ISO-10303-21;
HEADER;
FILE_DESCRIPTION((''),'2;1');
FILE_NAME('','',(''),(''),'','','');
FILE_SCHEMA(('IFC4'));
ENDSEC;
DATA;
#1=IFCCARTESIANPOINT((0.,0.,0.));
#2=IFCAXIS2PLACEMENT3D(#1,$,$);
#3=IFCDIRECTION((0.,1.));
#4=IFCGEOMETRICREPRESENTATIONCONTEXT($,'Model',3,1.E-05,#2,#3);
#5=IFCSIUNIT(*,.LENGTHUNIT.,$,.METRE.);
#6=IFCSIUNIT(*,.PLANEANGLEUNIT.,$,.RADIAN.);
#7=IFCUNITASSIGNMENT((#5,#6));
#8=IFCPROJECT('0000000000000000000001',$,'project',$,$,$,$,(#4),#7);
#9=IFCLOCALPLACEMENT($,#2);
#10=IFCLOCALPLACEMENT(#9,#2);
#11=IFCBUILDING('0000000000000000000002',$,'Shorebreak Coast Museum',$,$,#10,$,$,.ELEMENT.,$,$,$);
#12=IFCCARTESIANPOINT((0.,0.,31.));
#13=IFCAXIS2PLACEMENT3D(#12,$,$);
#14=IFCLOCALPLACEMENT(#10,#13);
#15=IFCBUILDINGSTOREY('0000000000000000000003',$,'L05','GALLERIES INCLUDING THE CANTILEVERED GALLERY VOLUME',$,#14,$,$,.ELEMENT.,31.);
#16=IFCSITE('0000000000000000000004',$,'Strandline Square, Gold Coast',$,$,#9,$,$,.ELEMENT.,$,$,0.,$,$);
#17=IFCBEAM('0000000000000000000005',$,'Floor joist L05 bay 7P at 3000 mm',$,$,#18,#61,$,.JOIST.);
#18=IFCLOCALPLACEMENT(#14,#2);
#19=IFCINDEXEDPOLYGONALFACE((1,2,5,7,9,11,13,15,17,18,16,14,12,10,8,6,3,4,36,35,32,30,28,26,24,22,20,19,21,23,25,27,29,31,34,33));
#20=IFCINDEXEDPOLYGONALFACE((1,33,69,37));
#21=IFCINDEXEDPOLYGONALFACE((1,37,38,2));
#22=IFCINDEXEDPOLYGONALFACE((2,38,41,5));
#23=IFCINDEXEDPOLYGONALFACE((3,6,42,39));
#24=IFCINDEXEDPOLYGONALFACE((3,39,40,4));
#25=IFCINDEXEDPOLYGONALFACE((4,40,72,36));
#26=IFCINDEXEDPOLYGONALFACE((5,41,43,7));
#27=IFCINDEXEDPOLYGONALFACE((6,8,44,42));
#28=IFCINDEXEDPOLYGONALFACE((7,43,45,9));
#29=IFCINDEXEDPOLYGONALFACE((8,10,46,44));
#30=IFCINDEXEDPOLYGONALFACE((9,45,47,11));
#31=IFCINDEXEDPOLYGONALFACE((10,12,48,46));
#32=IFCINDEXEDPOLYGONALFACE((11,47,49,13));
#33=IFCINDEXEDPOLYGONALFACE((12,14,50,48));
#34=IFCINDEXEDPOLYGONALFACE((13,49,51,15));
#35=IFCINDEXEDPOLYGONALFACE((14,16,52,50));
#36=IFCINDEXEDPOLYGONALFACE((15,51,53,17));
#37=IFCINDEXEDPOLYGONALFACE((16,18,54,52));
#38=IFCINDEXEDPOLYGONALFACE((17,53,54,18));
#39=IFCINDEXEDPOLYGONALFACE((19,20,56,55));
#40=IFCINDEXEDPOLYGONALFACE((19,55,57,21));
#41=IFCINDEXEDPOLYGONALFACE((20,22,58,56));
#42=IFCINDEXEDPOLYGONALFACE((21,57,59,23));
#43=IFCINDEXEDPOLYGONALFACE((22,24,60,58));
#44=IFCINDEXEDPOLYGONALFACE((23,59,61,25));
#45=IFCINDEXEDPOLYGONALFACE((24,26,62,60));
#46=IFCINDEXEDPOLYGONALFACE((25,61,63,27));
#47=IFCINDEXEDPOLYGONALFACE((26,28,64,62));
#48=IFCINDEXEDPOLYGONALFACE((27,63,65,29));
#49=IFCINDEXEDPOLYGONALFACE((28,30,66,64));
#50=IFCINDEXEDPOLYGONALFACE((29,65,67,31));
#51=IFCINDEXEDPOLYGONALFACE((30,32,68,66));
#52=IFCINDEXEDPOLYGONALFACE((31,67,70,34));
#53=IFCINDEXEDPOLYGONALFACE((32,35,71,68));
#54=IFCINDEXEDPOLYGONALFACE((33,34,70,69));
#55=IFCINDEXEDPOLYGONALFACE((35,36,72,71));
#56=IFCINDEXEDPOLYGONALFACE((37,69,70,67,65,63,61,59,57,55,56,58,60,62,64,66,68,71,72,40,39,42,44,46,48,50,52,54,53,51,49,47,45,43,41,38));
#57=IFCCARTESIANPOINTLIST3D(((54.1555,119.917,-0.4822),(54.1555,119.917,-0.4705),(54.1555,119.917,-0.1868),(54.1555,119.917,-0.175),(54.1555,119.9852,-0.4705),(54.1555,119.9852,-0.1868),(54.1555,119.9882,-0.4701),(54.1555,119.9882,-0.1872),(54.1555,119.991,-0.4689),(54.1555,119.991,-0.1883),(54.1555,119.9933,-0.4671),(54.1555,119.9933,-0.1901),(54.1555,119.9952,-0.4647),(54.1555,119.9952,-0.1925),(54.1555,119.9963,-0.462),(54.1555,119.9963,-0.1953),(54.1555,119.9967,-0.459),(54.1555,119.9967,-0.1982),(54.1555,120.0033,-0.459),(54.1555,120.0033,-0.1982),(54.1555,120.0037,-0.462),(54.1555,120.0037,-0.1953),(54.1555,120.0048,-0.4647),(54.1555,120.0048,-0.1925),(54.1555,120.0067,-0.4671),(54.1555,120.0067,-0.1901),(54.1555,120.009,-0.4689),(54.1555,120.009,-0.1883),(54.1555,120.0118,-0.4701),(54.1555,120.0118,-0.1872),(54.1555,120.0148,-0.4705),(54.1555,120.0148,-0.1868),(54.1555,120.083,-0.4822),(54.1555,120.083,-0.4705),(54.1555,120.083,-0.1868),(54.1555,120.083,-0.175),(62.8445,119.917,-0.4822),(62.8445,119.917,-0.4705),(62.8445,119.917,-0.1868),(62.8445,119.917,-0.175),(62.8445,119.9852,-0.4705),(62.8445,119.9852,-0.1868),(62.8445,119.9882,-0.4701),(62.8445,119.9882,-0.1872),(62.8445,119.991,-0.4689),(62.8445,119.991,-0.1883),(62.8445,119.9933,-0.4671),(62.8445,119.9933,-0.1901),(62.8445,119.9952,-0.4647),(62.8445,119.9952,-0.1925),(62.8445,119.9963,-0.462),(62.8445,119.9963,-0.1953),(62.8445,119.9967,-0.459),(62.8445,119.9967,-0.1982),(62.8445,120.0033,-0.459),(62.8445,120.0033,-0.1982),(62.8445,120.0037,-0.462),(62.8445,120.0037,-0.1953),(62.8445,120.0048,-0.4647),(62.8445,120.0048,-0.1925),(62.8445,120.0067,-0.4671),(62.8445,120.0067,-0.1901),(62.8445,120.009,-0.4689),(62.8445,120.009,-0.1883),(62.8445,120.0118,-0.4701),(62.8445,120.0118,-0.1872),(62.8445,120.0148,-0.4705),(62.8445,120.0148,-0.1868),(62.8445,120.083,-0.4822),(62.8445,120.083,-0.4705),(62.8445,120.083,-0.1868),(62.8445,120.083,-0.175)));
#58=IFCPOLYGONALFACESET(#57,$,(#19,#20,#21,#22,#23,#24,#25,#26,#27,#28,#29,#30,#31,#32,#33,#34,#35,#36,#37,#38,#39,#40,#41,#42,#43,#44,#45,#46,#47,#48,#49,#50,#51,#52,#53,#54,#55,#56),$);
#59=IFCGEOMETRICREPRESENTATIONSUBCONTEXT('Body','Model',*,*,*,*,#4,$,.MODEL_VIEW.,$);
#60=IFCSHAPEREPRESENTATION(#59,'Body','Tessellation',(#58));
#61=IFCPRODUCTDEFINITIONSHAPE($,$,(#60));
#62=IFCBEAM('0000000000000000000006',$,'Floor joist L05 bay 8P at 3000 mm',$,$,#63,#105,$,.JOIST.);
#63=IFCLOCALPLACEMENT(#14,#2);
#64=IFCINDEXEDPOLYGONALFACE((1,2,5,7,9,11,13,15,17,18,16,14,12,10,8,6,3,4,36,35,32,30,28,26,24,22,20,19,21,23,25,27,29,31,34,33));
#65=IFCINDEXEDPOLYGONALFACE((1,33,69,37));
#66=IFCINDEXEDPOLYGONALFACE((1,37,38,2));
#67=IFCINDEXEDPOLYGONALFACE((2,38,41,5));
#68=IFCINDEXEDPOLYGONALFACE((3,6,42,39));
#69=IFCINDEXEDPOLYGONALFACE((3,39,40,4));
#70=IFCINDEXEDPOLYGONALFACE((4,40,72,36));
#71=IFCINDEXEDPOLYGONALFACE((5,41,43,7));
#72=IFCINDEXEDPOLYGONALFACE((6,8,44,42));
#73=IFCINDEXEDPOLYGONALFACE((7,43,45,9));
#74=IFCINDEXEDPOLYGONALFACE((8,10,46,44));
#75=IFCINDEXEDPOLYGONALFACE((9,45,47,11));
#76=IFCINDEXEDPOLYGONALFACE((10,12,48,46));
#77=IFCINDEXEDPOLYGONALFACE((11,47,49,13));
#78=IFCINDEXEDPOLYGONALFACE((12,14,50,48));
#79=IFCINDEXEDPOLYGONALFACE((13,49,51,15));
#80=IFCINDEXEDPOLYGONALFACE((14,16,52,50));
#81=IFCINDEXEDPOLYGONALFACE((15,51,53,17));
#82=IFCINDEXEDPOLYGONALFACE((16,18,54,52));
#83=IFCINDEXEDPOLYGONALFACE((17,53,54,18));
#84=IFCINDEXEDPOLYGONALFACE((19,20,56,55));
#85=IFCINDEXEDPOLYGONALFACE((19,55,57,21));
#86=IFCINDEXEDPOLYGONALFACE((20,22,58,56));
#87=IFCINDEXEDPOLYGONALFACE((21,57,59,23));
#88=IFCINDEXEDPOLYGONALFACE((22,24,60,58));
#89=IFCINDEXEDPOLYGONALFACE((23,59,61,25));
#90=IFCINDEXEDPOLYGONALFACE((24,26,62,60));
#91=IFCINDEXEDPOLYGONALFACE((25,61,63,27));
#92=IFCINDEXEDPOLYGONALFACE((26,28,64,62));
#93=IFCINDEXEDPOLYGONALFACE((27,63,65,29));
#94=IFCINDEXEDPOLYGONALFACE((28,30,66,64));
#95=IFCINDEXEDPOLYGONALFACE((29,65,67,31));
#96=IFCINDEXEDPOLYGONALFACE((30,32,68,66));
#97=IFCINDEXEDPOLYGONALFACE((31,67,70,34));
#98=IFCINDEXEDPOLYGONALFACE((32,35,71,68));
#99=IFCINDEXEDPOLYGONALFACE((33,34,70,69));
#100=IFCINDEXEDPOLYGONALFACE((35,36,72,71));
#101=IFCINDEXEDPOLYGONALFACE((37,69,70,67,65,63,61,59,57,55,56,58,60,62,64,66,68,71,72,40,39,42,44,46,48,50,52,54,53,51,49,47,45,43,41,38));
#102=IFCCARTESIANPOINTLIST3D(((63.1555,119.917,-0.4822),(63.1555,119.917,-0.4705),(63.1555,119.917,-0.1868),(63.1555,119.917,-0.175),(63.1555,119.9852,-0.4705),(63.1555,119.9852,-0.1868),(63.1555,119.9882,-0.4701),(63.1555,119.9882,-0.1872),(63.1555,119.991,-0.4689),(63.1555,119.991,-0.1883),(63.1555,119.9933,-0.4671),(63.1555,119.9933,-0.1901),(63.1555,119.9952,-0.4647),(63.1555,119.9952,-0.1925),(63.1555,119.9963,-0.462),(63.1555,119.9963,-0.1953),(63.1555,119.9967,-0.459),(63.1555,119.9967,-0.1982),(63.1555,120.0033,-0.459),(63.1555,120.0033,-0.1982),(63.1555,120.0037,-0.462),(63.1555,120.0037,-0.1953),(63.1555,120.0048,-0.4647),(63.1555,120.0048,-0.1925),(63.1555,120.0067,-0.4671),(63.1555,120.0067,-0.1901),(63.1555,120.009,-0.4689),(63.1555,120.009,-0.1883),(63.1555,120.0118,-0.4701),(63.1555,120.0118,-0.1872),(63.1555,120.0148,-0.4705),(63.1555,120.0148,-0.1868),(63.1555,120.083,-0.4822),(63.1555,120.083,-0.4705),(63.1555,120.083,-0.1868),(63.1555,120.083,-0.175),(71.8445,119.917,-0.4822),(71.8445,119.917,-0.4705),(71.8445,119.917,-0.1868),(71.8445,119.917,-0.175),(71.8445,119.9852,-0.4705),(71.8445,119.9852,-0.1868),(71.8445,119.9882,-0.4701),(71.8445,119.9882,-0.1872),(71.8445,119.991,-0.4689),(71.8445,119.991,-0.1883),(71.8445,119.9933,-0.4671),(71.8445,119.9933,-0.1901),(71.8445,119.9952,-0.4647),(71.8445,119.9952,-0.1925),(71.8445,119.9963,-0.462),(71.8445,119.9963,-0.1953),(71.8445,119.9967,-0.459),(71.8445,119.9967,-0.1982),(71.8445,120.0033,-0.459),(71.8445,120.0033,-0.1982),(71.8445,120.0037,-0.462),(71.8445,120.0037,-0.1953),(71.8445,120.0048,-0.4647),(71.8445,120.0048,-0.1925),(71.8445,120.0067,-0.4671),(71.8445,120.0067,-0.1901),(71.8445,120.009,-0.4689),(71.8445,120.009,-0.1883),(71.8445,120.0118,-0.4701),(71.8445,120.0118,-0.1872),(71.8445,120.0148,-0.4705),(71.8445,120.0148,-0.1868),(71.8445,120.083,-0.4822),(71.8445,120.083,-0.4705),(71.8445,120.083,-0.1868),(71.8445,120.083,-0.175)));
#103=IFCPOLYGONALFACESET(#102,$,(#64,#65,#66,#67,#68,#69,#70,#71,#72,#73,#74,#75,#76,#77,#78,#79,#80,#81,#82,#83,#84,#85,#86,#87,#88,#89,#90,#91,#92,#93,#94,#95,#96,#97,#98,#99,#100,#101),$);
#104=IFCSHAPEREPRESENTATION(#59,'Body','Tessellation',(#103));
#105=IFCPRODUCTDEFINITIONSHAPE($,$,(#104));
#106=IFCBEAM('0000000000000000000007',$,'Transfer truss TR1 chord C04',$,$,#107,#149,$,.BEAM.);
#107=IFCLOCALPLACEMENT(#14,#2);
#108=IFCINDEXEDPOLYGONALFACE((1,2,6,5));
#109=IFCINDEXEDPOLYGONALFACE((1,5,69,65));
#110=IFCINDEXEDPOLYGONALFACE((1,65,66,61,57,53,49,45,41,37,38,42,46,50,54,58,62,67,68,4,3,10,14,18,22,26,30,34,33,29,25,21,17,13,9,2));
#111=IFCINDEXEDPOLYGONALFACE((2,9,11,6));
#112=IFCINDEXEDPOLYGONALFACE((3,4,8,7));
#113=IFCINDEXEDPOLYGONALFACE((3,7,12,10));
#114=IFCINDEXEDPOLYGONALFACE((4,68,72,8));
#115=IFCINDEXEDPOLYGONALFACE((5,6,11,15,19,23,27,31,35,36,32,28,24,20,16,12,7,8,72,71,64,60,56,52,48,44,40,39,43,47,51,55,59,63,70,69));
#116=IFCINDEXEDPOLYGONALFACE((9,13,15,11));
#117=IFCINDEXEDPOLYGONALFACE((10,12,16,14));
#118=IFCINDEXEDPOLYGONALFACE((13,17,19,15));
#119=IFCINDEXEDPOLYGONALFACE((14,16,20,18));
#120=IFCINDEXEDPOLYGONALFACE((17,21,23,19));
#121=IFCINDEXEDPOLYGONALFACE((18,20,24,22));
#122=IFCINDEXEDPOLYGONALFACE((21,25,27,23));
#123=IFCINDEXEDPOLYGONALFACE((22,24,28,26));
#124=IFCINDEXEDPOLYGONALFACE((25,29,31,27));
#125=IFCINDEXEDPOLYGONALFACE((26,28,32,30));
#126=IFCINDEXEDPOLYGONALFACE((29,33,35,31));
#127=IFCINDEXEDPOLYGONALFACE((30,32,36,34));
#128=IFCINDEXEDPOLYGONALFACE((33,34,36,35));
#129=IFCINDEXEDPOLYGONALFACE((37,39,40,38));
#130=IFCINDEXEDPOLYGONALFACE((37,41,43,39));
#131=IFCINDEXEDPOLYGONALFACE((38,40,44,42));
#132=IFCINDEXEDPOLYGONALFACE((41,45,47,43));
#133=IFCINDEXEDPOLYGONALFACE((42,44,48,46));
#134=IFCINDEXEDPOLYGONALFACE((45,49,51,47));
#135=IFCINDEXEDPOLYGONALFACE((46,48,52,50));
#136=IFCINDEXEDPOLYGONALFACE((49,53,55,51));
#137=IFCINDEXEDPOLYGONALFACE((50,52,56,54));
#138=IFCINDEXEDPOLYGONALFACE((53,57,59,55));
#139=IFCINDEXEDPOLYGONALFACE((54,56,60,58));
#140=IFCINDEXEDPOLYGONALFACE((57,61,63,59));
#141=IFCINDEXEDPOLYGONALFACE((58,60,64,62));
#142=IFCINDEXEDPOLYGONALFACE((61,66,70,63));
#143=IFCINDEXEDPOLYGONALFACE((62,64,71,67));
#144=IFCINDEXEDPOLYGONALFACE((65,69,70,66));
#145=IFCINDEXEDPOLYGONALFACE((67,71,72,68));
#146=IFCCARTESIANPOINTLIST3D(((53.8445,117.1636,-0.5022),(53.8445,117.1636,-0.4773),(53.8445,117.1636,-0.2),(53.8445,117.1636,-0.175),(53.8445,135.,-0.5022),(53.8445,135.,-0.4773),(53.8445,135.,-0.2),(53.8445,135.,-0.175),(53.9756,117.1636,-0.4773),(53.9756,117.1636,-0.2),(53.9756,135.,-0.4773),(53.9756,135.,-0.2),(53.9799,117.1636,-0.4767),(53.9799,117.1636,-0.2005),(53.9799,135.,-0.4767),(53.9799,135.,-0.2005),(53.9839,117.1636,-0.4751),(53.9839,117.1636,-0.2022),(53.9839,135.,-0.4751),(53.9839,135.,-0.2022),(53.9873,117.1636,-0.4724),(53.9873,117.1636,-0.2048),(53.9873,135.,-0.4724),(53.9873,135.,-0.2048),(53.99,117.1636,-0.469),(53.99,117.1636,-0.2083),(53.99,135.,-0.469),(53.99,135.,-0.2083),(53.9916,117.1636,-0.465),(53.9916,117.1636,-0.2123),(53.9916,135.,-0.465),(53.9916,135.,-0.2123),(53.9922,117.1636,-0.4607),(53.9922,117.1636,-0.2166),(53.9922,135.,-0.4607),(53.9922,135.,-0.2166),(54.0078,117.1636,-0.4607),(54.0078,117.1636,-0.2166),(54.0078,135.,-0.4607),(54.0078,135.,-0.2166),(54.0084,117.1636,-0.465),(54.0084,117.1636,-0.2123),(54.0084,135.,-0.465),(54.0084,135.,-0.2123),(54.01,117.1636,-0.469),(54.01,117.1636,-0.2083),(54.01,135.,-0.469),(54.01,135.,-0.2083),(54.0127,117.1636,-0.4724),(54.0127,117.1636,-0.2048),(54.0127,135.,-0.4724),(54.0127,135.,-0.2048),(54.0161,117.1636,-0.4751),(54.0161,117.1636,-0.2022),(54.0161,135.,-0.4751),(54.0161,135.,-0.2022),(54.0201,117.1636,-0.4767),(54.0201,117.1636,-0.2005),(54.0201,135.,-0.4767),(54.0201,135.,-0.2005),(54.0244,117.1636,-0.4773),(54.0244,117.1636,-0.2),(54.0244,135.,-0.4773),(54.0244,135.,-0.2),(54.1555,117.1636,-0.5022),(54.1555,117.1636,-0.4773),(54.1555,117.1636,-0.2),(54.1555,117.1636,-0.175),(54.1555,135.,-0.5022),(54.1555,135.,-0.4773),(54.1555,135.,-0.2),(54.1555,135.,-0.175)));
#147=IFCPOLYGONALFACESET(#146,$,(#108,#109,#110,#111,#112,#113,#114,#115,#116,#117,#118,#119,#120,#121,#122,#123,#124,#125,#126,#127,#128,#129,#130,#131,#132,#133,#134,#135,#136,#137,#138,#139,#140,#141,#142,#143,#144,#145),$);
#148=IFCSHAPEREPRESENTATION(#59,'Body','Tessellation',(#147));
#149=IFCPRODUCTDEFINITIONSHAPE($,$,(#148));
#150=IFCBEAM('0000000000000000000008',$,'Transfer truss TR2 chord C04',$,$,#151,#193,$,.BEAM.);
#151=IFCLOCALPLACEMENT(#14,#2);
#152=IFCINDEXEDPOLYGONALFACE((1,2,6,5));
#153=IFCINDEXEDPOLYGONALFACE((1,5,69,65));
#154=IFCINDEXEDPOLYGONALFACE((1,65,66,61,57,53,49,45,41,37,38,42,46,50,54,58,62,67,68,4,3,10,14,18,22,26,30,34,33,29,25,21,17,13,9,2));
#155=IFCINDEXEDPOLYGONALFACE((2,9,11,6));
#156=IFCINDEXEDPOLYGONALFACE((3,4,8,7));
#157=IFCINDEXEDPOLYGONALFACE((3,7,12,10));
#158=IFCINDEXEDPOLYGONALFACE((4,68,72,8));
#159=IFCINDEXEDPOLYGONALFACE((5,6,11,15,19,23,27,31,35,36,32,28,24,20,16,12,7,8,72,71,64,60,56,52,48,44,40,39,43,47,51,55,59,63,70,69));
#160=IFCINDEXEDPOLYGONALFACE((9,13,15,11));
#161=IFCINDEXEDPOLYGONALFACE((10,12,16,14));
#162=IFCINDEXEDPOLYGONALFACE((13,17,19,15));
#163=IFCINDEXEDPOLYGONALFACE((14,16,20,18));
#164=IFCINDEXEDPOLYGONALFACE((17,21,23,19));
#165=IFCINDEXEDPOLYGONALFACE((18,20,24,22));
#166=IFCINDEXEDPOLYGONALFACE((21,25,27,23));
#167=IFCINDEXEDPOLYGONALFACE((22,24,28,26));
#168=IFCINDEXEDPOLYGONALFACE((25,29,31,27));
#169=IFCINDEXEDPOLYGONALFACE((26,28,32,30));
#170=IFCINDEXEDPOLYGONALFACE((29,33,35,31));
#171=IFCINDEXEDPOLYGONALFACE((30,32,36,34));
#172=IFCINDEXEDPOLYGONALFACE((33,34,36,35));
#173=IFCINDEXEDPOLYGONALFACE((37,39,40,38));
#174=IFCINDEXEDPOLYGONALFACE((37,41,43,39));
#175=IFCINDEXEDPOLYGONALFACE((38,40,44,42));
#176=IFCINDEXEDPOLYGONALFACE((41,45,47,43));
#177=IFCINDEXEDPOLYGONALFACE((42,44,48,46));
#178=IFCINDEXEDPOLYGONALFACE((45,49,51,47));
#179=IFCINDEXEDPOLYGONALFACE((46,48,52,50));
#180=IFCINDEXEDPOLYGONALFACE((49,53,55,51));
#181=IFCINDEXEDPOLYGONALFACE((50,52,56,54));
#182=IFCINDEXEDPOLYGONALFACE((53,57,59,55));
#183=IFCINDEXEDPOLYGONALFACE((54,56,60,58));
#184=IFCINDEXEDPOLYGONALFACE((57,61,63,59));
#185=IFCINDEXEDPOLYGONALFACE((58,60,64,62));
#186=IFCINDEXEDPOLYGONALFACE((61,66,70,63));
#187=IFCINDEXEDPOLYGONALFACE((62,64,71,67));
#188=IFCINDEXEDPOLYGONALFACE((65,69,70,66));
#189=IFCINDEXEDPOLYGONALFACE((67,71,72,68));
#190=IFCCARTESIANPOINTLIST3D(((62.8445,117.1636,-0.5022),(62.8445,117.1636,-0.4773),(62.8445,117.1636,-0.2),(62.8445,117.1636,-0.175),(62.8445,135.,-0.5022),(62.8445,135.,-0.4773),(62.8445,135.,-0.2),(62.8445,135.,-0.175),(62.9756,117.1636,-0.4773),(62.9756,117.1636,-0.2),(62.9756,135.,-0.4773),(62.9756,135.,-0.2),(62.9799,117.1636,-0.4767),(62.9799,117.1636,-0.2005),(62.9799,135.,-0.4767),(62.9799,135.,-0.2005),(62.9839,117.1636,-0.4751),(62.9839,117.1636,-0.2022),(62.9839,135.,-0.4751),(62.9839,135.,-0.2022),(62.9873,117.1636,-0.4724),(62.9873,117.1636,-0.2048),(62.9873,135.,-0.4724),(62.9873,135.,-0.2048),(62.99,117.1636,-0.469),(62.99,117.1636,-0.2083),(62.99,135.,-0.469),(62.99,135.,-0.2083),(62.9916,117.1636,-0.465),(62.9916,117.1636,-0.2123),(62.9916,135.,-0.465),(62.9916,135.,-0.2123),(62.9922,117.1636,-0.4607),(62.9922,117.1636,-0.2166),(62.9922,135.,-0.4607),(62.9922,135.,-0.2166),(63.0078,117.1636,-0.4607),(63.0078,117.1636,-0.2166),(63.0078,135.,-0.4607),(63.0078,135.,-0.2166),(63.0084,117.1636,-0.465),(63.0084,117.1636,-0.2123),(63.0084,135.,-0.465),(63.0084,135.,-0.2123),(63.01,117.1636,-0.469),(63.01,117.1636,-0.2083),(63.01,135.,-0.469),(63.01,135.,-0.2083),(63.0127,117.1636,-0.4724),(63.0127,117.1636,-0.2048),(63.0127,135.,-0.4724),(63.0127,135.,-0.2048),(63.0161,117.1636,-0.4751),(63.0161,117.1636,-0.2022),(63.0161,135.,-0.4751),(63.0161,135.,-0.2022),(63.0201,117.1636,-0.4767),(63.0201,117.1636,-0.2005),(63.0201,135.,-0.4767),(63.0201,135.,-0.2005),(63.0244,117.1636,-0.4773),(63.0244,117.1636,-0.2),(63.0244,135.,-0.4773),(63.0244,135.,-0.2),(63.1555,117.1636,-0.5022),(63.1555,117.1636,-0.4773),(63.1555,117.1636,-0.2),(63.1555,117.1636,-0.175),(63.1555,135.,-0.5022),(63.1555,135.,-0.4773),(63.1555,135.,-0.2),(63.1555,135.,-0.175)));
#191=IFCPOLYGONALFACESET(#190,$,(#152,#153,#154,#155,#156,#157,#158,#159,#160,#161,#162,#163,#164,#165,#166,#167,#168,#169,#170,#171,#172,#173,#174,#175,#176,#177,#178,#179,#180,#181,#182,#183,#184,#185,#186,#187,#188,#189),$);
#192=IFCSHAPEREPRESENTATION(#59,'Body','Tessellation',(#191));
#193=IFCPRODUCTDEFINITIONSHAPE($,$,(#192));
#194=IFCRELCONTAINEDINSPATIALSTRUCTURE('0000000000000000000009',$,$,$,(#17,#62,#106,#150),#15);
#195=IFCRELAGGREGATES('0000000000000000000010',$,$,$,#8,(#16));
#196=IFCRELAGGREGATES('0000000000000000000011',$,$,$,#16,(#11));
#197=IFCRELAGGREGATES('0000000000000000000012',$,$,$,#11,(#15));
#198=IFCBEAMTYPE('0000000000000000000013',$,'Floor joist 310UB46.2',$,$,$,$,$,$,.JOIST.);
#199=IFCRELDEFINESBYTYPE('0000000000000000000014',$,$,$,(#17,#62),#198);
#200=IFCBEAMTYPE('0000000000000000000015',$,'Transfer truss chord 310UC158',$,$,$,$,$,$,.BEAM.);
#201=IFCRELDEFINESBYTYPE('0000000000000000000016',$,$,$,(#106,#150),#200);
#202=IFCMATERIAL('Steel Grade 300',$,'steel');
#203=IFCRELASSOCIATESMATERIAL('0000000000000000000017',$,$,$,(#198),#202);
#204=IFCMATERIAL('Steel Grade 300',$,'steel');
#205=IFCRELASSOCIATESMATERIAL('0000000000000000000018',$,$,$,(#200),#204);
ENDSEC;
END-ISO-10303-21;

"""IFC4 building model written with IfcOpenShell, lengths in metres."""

from ifc_helpers import new_model, si_unit, direction, frame, origin, origin_2d, place, context, subcontext, project, spatial, i_section, extrude, material, material_profile, profile_set, type_object, element, save


model = new_model("IFC4")

# Units and contexts
model_context = context("Model", 3, precision=1e-05, world=origin(), true_north=direction((0.0, 1.0)))
body_context = subcontext(model_context, "Body", "Model", "MODEL_VIEW")
ifc_project = project(units=[si_unit("LENGTHUNIT", "METRE"), si_unit("PLANEANGLEUNIT", "RADIAN")], contexts=[model_context])

# Site, building, storey
site_placement = place(None, origin())
site = spatial("IfcSite", under=ifc_project, at=site_placement, Name="Strandline Square, Gold Coast", CompositionType="ELEMENT", RefElevation=0.0)
building_placement = place(site_placement, origin())
building = spatial("IfcBuilding", under=site, at=building_placement, Name="Shorebreak Coast Museum", CompositionType="ELEMENT")
storey_placement = place(building_placement, frame((0.0, 0.0, 31.0)))
storey = spatial("IfcBuildingStorey", under=building, at=storey_placement, Name="L05", Description="GALLERIES INCLUDING THE CANTILEVERED GALLERY VOLUME", CompositionType="ELEMENT", Elevation=31.0)

# Beams
ifc_material_1 = material(Name="Steel Grade 300", Category="steel")
ifc_material_profile_1 = material_profile(ifc_material_1, i_section(OverallWidth=0.166, OverallDepth=0.3071, WebThickness=0.0066, FlangeThickness=0.0117, FilletRadius=0.0115, at=origin_2d()), Name="310UB46.2")
ifc_profile_set_1 = profile_set([ifc_material_profile_1], Name="Steel Grade 300")
beam_type_1 = type_object("IfcBeamType", Name="Floor joist 310UB46.2", PredefinedType="JOIST", material=ifc_profile_set_1)
for number, where, z_axis, x_axis, name in (
    (1, (54.1555, 120.0, -0.3286), (1.0, 0.0, 0.0), (0.0, 1.0, 0.0), "Floor joist L05 bay 7P at 3000 mm"),
    (2, (63.1555, 120.0, -0.3286), (1.0, 0.0, 0.0), (0.0, 1.0, 0.0), "Floor joist L05 bay 8P at 3000 mm"),
):
    element("IfcBeam", number, at=place(storey_placement, frame(where, z_axis=z_axis, x_axis=x_axis)), inside=storey, type_object=beam_type_1, Name=name, PredefinedType="JOIST", context=body_context, shape_type="SweptSolid", body=[
        extrude(i_section(OverallWidth=0.166, OverallDepth=0.3071, WebThickness=0.0066, FlangeThickness=0.0117, FilletRadius=0.0115, at=origin_2d()), origin(), (0.0, 0.0, 1.0), 8.689),
    ])
ifc_material_2 = material(Name="Steel Grade 300", Category="steel")
ifc_material_profile_2 = material_profile(ifc_material_2, i_section(OverallWidth=0.311, OverallDepth=0.3271, WebThickness=0.0156, FlangeThickness=0.0249, FilletRadius=0.0166, at=origin_2d()), Name="310UC158")
ifc_profile_set_2 = profile_set([ifc_material_profile_2], Name="Steel Grade 300")
beam_type_2 = type_object("IfcBeamType", Name="Transfer truss chord 310UC158", PredefinedType="BEAM", material=ifc_profile_set_2)
for number, where, z_axis, x_axis, name in (
    (3, (54.0, 117.1636, -0.3386), (0.0, 1.0, 0.0), (-1.0, 0.0, 0.0), "Transfer truss TR1 chord C04"),
    (4, (63.0, 117.1636, -0.3386), (0.0, 1.0, 0.0), (-1.0, 0.0, 0.0), "Transfer truss TR2 chord C04"),
):
    element("IfcBeam", number, at=place(storey_placement, frame(where, z_axis=z_axis, x_axis=x_axis)), inside=storey, type_object=beam_type_2, Name=name, PredefinedType="BEAM", context=body_context, shape_type="SweptSolid", body=[
        extrude(i_section(OverallWidth=0.311, OverallDepth=0.3271, WebThickness=0.0156, FlangeThickness=0.0249, FilletRadius=0.0166, at=origin_2d()), origin(), (0.0, 0.0, 1.0), 17.8364),
    ])

save(model, "model.ifc")
